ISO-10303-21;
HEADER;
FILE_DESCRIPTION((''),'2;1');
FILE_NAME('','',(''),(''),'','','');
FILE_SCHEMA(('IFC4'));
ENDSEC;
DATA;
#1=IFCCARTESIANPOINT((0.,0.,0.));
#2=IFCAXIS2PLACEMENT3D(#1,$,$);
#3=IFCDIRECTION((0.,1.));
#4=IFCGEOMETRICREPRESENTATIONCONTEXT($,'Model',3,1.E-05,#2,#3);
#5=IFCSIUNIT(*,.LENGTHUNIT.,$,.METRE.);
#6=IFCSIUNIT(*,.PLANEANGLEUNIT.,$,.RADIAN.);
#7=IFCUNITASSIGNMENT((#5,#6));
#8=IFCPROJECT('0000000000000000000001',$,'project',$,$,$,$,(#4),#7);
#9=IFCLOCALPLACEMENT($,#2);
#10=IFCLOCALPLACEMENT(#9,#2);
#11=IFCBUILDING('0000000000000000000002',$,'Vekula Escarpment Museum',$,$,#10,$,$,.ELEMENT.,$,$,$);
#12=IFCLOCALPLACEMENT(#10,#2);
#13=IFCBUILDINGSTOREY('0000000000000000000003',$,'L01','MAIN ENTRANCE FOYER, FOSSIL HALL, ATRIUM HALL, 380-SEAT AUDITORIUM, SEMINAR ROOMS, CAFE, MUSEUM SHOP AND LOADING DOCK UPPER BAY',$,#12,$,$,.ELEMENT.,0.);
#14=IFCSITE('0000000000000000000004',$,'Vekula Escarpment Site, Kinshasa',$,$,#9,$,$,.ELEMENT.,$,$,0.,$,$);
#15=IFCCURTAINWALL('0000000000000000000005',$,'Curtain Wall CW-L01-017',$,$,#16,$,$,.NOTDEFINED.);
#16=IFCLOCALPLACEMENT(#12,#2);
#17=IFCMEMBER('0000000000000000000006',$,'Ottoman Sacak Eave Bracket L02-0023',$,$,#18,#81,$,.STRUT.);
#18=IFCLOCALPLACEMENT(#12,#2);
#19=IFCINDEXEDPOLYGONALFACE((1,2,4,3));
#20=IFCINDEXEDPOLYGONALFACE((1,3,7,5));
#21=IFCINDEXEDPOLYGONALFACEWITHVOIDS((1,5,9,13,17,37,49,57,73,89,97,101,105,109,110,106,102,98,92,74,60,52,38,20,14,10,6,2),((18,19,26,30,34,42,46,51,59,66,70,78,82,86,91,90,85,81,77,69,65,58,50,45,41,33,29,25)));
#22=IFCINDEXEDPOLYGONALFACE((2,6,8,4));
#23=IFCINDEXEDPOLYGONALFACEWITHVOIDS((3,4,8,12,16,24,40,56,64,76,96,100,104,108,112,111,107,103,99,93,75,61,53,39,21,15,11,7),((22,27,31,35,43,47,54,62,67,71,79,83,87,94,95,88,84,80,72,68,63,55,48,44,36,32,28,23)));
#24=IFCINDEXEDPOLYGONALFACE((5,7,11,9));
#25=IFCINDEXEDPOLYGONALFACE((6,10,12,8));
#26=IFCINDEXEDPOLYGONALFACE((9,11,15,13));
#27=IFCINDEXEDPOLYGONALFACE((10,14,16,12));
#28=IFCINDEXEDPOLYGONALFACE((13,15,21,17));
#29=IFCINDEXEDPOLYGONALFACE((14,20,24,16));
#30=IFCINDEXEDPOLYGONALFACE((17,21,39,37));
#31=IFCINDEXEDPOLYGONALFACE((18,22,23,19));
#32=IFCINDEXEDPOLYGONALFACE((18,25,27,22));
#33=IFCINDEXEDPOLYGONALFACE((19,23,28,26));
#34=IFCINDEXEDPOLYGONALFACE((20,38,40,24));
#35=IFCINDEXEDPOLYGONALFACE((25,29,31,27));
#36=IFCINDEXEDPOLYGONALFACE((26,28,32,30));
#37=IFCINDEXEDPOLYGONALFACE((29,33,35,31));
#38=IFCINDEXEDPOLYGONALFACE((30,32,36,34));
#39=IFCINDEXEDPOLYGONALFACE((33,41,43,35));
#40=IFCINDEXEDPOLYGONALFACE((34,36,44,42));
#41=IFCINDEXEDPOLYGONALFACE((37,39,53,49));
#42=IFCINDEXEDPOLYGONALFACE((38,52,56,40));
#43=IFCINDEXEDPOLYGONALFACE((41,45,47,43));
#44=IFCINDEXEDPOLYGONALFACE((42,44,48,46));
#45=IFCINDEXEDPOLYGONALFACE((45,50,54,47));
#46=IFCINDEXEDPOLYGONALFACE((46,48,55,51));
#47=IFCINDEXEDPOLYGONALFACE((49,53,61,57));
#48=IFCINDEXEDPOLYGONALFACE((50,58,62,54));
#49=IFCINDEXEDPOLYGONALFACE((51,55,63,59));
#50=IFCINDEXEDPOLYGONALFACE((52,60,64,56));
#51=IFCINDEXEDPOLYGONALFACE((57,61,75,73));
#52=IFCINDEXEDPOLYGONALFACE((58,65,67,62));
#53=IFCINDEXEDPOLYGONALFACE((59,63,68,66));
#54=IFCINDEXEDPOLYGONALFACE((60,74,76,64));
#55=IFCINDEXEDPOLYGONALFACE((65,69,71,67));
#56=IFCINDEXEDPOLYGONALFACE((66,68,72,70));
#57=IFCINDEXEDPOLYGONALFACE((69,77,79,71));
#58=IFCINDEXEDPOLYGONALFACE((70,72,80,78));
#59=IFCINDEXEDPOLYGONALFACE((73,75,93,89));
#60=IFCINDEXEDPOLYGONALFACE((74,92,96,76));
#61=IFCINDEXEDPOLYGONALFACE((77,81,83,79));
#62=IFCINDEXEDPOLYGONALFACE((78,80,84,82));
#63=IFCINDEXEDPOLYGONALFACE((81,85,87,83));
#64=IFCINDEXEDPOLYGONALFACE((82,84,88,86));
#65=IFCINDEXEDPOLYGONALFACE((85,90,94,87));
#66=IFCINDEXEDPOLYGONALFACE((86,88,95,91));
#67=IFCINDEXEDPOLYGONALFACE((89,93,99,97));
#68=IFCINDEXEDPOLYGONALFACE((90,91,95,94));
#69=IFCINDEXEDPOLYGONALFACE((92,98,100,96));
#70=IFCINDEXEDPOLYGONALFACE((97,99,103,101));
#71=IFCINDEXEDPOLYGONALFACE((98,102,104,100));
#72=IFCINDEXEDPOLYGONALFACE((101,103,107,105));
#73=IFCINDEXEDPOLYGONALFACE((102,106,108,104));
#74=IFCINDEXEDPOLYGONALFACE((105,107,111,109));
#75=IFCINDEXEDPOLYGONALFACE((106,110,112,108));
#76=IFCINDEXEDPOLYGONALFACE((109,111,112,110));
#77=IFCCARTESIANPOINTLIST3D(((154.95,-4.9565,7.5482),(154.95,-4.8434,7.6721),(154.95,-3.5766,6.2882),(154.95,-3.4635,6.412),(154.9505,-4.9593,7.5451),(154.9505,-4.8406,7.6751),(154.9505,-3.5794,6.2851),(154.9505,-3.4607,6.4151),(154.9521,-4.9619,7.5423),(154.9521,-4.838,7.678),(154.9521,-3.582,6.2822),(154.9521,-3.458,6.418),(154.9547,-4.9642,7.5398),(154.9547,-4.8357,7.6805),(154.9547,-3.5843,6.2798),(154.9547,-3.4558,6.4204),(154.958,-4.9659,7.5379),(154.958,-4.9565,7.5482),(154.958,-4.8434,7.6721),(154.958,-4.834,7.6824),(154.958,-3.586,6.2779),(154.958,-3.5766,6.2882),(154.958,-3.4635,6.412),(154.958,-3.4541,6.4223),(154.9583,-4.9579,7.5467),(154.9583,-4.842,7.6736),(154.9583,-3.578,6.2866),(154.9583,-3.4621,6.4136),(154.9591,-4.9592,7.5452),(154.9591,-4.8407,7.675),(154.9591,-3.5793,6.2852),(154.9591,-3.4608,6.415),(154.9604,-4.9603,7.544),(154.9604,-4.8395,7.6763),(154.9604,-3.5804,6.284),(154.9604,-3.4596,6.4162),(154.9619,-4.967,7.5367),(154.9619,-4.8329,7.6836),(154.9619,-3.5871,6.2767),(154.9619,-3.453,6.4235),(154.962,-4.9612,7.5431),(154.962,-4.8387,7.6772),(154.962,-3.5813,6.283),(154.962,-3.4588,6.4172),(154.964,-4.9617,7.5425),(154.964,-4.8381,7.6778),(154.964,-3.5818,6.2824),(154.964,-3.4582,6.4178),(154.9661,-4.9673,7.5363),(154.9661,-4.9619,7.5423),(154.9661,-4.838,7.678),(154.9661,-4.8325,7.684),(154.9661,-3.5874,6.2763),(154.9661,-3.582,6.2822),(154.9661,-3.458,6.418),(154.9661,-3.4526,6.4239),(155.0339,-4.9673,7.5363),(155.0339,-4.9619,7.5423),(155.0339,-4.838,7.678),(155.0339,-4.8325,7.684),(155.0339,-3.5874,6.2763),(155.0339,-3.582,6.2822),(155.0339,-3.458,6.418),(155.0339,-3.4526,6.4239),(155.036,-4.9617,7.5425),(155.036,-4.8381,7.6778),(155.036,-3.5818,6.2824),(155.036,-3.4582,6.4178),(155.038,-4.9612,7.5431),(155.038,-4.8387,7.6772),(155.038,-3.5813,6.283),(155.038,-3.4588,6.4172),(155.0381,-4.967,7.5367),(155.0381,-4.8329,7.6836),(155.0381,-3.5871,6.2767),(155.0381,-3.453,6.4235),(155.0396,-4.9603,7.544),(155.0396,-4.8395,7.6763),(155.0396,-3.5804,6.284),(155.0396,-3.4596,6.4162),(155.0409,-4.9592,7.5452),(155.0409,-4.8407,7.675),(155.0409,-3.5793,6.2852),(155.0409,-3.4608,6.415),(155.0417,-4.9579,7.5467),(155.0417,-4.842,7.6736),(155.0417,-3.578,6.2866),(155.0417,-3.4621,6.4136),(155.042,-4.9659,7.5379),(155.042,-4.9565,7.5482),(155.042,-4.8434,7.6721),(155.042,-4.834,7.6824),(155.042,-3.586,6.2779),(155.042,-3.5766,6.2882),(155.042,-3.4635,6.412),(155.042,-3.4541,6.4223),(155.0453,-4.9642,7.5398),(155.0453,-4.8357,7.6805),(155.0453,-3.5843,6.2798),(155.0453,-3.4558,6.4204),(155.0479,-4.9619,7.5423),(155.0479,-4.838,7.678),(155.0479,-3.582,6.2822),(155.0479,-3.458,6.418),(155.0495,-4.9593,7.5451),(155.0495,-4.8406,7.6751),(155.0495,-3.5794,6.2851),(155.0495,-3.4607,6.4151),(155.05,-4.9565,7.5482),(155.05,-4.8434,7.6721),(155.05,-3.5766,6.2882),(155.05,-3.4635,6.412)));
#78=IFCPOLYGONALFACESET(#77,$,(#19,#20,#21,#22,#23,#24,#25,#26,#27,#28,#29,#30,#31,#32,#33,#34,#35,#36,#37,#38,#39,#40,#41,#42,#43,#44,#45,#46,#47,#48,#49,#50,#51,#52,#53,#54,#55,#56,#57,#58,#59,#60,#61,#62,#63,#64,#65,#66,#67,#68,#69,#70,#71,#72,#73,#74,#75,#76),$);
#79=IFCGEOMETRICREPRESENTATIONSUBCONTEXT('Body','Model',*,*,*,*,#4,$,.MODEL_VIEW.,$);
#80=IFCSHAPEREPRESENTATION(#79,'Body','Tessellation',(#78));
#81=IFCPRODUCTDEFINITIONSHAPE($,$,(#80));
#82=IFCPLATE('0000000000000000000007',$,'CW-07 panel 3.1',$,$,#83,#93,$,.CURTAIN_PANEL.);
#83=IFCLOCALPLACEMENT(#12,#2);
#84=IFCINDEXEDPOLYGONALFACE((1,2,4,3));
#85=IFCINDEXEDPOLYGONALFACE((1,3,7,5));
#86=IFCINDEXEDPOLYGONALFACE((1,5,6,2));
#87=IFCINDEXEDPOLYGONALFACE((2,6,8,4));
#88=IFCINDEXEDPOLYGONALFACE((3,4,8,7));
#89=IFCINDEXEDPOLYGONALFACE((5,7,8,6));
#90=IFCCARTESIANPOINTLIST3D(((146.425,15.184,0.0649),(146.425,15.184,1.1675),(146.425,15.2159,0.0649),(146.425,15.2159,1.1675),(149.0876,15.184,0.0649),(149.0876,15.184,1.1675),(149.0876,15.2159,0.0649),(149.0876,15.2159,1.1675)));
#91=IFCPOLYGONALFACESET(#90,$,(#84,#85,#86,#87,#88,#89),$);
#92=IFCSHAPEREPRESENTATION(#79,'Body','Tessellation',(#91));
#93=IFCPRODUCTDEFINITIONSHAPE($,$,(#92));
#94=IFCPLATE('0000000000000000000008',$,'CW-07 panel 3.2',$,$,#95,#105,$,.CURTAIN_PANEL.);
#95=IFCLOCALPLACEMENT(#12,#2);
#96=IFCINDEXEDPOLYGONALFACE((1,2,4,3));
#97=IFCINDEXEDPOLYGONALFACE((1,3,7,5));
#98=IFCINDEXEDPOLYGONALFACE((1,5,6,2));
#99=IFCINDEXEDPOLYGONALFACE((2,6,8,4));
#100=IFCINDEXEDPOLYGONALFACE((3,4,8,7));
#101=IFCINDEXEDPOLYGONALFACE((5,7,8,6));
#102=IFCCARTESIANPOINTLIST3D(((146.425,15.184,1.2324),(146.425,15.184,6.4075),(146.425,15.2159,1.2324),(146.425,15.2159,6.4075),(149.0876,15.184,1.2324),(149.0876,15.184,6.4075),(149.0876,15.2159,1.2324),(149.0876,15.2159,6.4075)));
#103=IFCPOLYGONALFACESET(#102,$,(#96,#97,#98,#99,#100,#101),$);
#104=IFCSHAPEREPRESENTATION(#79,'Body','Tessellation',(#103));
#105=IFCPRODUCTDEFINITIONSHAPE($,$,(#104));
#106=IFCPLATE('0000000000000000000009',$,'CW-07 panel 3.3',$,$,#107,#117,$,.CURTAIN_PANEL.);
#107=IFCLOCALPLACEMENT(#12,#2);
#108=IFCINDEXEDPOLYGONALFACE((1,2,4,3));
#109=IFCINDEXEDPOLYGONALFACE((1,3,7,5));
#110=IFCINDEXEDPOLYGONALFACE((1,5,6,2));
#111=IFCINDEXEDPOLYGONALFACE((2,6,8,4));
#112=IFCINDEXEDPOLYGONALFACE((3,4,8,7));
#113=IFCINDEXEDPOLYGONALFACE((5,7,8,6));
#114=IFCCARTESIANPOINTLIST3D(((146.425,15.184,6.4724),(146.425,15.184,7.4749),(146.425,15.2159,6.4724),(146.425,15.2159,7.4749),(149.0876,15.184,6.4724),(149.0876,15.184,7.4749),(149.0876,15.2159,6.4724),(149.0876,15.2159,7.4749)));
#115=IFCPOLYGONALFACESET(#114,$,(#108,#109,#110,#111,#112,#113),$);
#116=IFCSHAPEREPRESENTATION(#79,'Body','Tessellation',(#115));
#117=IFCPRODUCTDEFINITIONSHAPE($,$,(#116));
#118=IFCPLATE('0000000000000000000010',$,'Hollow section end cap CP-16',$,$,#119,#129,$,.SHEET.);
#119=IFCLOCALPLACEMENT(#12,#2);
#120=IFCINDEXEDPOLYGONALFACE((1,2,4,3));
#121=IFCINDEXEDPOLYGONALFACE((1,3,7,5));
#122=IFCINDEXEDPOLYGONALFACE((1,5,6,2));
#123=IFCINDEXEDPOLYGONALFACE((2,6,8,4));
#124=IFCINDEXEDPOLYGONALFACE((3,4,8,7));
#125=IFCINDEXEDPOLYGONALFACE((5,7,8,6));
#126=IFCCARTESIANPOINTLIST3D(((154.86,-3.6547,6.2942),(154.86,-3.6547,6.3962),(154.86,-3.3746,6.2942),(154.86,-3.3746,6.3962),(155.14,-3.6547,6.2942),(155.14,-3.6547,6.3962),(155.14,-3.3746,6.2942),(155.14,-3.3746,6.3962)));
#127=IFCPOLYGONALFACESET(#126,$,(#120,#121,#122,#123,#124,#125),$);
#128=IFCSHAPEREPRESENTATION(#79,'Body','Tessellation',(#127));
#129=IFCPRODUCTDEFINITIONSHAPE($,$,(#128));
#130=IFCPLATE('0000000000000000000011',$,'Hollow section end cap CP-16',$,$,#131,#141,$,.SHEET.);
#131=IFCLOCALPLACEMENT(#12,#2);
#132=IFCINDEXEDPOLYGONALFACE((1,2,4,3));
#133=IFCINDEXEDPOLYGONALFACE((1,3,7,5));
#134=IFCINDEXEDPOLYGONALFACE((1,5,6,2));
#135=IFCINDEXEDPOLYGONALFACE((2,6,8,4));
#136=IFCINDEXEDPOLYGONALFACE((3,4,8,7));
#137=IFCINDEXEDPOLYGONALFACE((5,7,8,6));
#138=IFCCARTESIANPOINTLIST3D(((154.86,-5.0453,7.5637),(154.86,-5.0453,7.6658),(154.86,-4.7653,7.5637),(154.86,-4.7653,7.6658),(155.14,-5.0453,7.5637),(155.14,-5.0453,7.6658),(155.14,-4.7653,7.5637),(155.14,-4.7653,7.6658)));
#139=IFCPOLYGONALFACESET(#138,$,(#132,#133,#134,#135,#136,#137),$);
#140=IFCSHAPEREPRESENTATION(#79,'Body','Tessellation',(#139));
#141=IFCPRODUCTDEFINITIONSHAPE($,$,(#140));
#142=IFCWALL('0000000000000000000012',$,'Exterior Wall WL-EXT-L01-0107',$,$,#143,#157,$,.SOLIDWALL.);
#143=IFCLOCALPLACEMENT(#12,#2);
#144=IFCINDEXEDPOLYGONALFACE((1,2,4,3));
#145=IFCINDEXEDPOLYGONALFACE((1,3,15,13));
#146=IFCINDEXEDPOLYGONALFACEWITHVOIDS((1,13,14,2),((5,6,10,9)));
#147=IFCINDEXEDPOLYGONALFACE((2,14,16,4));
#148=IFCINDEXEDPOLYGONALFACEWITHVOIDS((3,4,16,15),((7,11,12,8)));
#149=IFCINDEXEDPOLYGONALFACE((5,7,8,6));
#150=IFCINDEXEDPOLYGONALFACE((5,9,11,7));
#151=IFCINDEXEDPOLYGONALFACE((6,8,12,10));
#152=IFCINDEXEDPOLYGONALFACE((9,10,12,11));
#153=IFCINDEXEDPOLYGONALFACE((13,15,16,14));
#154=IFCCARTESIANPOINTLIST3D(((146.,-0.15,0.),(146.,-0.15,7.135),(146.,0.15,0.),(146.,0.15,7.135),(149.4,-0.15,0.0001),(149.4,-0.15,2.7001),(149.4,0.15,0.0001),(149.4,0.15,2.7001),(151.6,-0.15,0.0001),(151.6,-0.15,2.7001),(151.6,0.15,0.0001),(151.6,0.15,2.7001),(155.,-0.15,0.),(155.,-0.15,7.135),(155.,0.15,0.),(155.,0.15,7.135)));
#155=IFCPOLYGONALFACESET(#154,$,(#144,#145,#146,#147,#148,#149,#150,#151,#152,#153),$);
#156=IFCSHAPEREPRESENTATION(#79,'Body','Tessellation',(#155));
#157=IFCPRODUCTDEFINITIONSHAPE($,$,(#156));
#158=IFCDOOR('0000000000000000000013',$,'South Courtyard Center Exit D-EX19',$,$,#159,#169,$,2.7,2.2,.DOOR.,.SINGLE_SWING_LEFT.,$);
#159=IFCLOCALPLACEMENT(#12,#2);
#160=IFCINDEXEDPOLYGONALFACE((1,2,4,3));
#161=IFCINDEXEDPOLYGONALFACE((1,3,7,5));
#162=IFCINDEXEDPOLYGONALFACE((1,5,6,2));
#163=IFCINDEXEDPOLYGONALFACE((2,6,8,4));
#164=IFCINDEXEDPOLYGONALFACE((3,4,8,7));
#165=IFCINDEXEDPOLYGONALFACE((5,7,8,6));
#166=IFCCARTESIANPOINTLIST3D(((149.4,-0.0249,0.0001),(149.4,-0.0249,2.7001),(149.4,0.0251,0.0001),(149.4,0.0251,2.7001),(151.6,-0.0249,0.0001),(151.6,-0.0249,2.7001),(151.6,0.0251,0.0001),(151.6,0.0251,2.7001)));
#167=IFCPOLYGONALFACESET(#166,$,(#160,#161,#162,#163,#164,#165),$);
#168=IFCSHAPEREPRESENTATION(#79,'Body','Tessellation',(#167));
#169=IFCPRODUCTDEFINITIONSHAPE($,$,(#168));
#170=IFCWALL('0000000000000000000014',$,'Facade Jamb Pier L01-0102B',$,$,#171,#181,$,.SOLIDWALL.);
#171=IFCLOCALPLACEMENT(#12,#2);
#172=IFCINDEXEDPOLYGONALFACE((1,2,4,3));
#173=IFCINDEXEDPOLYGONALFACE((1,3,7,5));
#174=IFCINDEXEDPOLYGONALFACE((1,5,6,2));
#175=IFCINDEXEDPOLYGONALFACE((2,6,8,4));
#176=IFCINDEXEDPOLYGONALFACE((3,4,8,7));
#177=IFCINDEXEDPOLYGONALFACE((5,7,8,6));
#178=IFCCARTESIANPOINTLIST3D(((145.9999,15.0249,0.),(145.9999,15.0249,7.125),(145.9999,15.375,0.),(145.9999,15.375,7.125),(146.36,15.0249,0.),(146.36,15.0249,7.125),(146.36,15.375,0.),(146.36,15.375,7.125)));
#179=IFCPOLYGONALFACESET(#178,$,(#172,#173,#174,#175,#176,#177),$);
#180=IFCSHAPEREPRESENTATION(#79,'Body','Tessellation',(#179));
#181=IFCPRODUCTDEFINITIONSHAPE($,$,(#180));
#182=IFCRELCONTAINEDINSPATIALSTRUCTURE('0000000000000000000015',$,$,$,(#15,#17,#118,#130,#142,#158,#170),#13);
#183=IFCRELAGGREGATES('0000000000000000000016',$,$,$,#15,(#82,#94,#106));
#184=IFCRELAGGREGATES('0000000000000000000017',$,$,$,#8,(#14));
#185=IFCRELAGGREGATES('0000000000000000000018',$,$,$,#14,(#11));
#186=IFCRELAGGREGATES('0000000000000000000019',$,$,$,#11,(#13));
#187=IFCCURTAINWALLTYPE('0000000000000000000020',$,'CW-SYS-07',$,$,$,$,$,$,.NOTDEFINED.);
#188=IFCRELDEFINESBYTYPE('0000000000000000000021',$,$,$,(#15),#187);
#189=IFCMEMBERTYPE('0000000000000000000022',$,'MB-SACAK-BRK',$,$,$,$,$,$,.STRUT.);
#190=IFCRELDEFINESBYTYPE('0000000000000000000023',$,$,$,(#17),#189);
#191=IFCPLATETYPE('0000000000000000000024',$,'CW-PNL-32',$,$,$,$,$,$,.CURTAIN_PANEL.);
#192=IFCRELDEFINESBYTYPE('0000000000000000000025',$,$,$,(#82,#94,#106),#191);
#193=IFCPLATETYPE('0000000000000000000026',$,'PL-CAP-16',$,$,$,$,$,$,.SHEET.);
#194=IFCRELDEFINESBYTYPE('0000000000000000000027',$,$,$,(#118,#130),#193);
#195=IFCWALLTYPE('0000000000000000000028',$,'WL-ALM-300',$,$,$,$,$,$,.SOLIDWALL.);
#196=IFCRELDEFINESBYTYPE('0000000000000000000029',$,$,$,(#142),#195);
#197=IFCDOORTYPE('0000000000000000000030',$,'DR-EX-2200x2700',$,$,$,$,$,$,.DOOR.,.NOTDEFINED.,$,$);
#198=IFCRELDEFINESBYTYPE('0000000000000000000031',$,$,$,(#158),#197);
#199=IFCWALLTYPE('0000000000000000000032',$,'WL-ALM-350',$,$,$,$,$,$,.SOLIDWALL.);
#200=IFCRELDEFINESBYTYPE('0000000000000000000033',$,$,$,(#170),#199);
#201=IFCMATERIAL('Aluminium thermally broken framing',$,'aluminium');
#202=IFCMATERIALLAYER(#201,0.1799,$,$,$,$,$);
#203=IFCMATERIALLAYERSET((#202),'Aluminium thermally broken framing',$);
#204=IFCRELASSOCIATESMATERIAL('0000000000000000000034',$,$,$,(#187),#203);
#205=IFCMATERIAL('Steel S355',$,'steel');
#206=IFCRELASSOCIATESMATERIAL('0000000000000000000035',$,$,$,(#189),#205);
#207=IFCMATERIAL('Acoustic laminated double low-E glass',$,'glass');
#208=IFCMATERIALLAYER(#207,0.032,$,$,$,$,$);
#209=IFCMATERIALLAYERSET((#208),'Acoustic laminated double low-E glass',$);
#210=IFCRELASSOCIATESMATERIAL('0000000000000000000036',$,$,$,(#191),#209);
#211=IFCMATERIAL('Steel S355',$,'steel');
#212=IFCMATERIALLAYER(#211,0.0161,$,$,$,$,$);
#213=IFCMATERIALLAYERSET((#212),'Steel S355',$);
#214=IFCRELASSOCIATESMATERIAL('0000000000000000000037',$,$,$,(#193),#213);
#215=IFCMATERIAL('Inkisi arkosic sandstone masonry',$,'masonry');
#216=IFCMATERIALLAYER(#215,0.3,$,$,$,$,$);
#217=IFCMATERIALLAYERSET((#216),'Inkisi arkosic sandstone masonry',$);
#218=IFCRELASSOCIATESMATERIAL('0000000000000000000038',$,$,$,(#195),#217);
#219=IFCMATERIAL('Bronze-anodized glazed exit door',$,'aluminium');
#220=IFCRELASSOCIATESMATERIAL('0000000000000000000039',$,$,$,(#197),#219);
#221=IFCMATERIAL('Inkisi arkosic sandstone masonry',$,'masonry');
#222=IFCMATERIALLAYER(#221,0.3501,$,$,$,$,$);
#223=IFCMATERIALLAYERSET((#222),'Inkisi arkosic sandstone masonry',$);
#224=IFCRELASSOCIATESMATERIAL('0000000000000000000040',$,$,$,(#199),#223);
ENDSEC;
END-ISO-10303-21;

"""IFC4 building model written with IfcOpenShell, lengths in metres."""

from ifc_helpers import new_model, si_unit, direction, frame, frame_2d, origin, origin_2d, place, context, subcontext, project, spatial, rectangle, hollow_rectangle, extrude, material, layer, layer_set, material_profile, profile_set, type_object, element, fill, aggregate, save


model = new_model("IFC4")

# Units and contexts
model_context = context("Model", 3, precision=1e-05, world=origin(), true_north=direction((0.0, 1.0)))
body_context = subcontext(model_context, "Body", "Model", "MODEL_VIEW")
ifc_project = project(units=[si_unit("LENGTHUNIT", "METRE"), si_unit("PLANEANGLEUNIT", "RADIAN")], contexts=[model_context])

# Site, building, storey
site_placement = place(None, origin())
site = spatial("IfcSite", under=ifc_project, at=site_placement, Name="Vekula Escarpment Site, Kinshasa", CompositionType="ELEMENT", RefElevation=0.0)
building_placement = place(site_placement, origin())
building = spatial("IfcBuilding", under=site, at=building_placement, Name="Vekula Escarpment Museum", CompositionType="ELEMENT")
storey_placement = place(building_placement, origin())
storey = spatial("IfcBuildingStorey", under=building, at=storey_placement, Name="L01", Description="MAIN ENTRANCE FOYER, FOSSIL HALL, ATRIUM HALL, 380-SEAT AUDITORIUM, SEMINAR ROOMS, CAFE, MUSEUM SHOP AND LOADING DOCK UPPER BAY", CompositionType="ELEMENT", Elevation=0.0)

# Curtain wall
ifc_material_1 = material(Name="Aluminium thermally broken framing", Category="aluminium")
ifc_layer_1 = layer(ifc_material_1, 0.1799)
ifc_layer_set_1 = layer_set([ifc_layer_1], Name="Aluminium thermally broken framing")
curtain_wall_type = type_object("IfcCurtainWallType", Name="CW-SYS-07", PredefinedType="NOTDEFINED", material=ifc_layer_set_1)
curtain_wall_placement = place(storey_placement, origin())
curtain_wall = element("IfcCurtainWall", 1, at=curtain_wall_placement, inside=storey, type_object=curtain_wall_type, Name="Curtain Wall CW-L01-017", PredefinedType="NOTDEFINED")

# Member
ifc_material_2 = material(Name="Steel S355", Category="steel")
ifc_material_profile_1 = material_profile(ifc_material_2, hollow_rectangle(XDim=0.1001, YDim=0.2, WallThickness=0.0081, InnerFilletRadius=0.0081, OuterFilletRadius=0.0161, at=origin_2d()), Name="RHS 200x100x8")
ifc_profile_set_1 = profile_set([ifc_material_profile_1], Name="Steel S355")
member_type_1 = type_object("IfcMemberType", Name="MB-SACAK-BRK", PredefinedType="STRUT", material=ifc_profile_set_1)
member_1_placement = place(storey_placement, frame((155.0, -3.52, 6.3501), z_axis=(0.0, -0.738454, 0.674303), x_axis=(1.0, 0.0, 0.0)))
element("IfcMember", 2, at=member_1_placement, inside=storey, type_object=member_type_1, Name="Ottoman Sacak Eave Bracket L02-0023", PredefinedType="STRUT", context=body_context, shape_type="SweptSolid", body=[
    extrude(hollow_rectangle(XDim=0.1001, YDim=0.2, WallThickness=0.0081, InnerFilletRadius=0.0081, OuterFilletRadius=0.0161, at=origin_2d()), origin(), (0.0, 0.0, 1.0), 1.8687),
])

# Plates
ifc_material_3 = material(Name="Acoustic laminated double low-E glass", Category="glass")
ifc_layer_2 = layer(ifc_material_3, 0.032)
ifc_layer_set_2 = layer_set([ifc_layer_2], Name="Acoustic laminated double low-E glass")
plate_type_1 = type_object("IfcPlateType", Name="CW-PNL-32", PredefinedType="CURTAIN_PANEL", material=ifc_layer_set_2)
plate_1_placement = place(storey_placement, frame((147.7563, 15.2, 0.0649), z_axis=(0.0, 0.0, 1.0), x_axis=(-1.0, 0.0, 0.0)))
plate_1 = element("IfcPlate", 3, at=plate_1_placement, type_object=plate_type_1, Name="CW-07 panel 3.1", PredefinedType="CURTAIN_PANEL", context=body_context, shape_type="SweptSolid", body=[
    extrude(rectangle(XDim=2.6626, YDim=0.032, at=origin_2d()), origin(), (0.0, 0.0, 1.0), 1.1025),
])
plate_2_placement = place(storey_placement, frame((147.7563, 15.2, 1.2324), z_axis=(0.0, 0.0, 1.0), x_axis=(-1.0, 0.0, 0.0)))
plate_2 = element("IfcPlate", 4, at=plate_2_placement, type_object=plate_type_1, Name="CW-07 panel 3.2", PredefinedType="CURTAIN_PANEL", context=body_context, shape_type="SweptSolid", body=[
    extrude(rectangle(XDim=2.6626, YDim=0.032, at=origin_2d()), origin(), (0.0, 0.0, 1.0), 5.175),
])
plate_3_placement = place(storey_placement, frame((147.7563, 15.2, 6.4724), z_axis=(0.0, 0.0, 1.0), x_axis=(-1.0, 0.0, 0.0)))
plate_3 = element("IfcPlate", 5, at=plate_3_placement, type_object=plate_type_1, Name="CW-07 panel 3.3", PredefinedType="CURTAIN_PANEL", context=body_context, shape_type="SweptSolid", body=[
    extrude(rectangle(XDim=2.6626, YDim=0.032, at=origin_2d()), origin(), (0.0, 0.0, 1.0), 1.0024),
])
aggregate(curtain_wall, [plate_1, plate_2, plate_3])

# Plates
ifc_material_4 = material(Name="Steel S355", Category="steel")
ifc_layer_3 = layer(ifc_material_4, 0.0161)
ifc_layer_set_3 = layer_set([ifc_layer_3], Name="Steel S355")
plate_type_2 = type_object("IfcPlateType", Name="PL-CAP-16", PredefinedType="SHEET", material=ifc_layer_set_3)
for number, where, z_axis, x_axis, name in (
    (6, (155.0, -3.5146, 6.2942), (0.0, 0.0, 1.0), (1.0, 0.0, 0.0), "Hollow section end cap CP-16"),
    (7, (155.0, -4.9053, 7.5637), (0.0, 0.0, 1.0), (1.0, 0.0, 0.0), "Hollow section end cap CP-16"),
):
    element("IfcPlate", number, at=place(storey_placement, frame(where, z_axis=z_axis, x_axis=x_axis)), inside=storey, type_object=plate_type_2, Name=name, PredefinedType="SHEET", context=body_context, shape_type="SweptSolid", body=[
        extrude(rectangle(XDim=0.28, YDim=0.28, at=origin_2d()), origin(), (0.0, 0.0, 1.0), 0.1021),
    ])

# Wall, opening, door
ifc_material_5 = material(Name="Inkisi arkosic sandstone masonry", Category="masonry")
ifc_layer_4 = layer(ifc_material_5, 0.3)
ifc_layer_set_4 = layer_set([ifc_layer_4], Name="Inkisi arkosic sandstone masonry")
wall_type_1 = type_object("IfcWallType", Name="WL-ALM-300", PredefinedType="SOLIDWALL", material=ifc_layer_set_4)
wall_1_placement = place(storey_placement, frame((155.0, 0.0, 0.0), z_axis=(0.0, 0.0, 1.0), x_axis=(-1.0, 0.0, 0.0)))
wall_1 = element("IfcWall", 8, at=wall_1_placement, inside=storey, type_object=wall_type_1, Name="Exterior Wall WL-EXT-L01-0107", PredefinedType="SOLIDWALL", context=body_context, shape_type="SweptSolid", body=[
    extrude(rectangle(XDim=9.0, YDim=0.3, at=frame_2d((4.5, 0.0))), origin(), (0.0, 0.0, 1.0), 7.135),
])
opening_1_placement = place(wall_1_placement, frame((3.3999, 0.0, 0.0)))
opening_1 = element("IfcOpeningElement", 9, at=opening_1_placement, cuts=wall_1, PredefinedType="OPENING", context=body_context, shape_type="SweptSolid", body=[
    extrude(rectangle(XDim=2.2, YDim=2.7, at=frame_2d((1.1001, 1.3501))), frame((0.0, 0.1599, 0.0), z_axis=(0.0, -1.0, 0.0), x_axis=(1.0, 0.0, 0.0)), (0.0, 0.0, 1.0), 0.3201),
])
ifc_material_6 = material(Name="Bronze-anodized glazed exit door", Category="aluminium")
door_type_1 = type_object("IfcDoorType", Name="DR-EX-2200x2700", OperationType="NOTDEFINED", PredefinedType="DOOR", material=ifc_material_6)
door_1_placement = place(opening_1_placement, origin())
door_1 = element("IfcDoor", 10, at=door_1_placement, inside=storey, type_object=door_type_1, Name="South Courtyard Center Exit D-EX19", OperationType="SINGLE_SWING_LEFT", OverallHeight=2.7, OverallWidth=2.2, PredefinedType="DOOR", context=body_context, shape_type="SweptSolid", body=[
    extrude(rectangle(XDim=2.2, YDim=2.7, at=frame_2d((1.1001, 1.3501))), frame((0.0, 0.0249, 0.0), z_axis=(0.0, -1.0, 0.0), x_axis=(1.0, 0.0, 0.0)), (0.0, 0.0, 1.0), 0.05),
])
fill(opening_1, door_1)

# Wall
ifc_material_7 = material(Name="Inkisi arkosic sandstone masonry", Category="masonry")
ifc_layer_5 = layer(ifc_material_7, 0.3501)
ifc_layer_set_5 = layer_set([ifc_layer_5], Name="Inkisi arkosic sandstone masonry")
wall_type_2 = type_object("IfcWallType", Name="WL-ALM-350", PredefinedType="SOLIDWALL", material=ifc_layer_set_5)
wall_2_placement = place(storey_placement, frame((146.3601, 15.2, 0.0), z_axis=(0.0, 0.0, 1.0), x_axis=(-1.0, 0.0, 0.0)))
element("IfcWall", 11, at=wall_2_placement, inside=storey, type_object=wall_type_2, Name="Facade Jamb Pier L01-0102B", PredefinedType="SOLIDWALL", context=body_context, shape_type="SweptSolid", body=[
    extrude(rectangle(XDim=0.3601, YDim=0.3501, at=frame_2d((0.1802, 0.0))), origin(), (0.0, 0.0, 1.0), 7.125),
])

save(model, "model.ifc")
